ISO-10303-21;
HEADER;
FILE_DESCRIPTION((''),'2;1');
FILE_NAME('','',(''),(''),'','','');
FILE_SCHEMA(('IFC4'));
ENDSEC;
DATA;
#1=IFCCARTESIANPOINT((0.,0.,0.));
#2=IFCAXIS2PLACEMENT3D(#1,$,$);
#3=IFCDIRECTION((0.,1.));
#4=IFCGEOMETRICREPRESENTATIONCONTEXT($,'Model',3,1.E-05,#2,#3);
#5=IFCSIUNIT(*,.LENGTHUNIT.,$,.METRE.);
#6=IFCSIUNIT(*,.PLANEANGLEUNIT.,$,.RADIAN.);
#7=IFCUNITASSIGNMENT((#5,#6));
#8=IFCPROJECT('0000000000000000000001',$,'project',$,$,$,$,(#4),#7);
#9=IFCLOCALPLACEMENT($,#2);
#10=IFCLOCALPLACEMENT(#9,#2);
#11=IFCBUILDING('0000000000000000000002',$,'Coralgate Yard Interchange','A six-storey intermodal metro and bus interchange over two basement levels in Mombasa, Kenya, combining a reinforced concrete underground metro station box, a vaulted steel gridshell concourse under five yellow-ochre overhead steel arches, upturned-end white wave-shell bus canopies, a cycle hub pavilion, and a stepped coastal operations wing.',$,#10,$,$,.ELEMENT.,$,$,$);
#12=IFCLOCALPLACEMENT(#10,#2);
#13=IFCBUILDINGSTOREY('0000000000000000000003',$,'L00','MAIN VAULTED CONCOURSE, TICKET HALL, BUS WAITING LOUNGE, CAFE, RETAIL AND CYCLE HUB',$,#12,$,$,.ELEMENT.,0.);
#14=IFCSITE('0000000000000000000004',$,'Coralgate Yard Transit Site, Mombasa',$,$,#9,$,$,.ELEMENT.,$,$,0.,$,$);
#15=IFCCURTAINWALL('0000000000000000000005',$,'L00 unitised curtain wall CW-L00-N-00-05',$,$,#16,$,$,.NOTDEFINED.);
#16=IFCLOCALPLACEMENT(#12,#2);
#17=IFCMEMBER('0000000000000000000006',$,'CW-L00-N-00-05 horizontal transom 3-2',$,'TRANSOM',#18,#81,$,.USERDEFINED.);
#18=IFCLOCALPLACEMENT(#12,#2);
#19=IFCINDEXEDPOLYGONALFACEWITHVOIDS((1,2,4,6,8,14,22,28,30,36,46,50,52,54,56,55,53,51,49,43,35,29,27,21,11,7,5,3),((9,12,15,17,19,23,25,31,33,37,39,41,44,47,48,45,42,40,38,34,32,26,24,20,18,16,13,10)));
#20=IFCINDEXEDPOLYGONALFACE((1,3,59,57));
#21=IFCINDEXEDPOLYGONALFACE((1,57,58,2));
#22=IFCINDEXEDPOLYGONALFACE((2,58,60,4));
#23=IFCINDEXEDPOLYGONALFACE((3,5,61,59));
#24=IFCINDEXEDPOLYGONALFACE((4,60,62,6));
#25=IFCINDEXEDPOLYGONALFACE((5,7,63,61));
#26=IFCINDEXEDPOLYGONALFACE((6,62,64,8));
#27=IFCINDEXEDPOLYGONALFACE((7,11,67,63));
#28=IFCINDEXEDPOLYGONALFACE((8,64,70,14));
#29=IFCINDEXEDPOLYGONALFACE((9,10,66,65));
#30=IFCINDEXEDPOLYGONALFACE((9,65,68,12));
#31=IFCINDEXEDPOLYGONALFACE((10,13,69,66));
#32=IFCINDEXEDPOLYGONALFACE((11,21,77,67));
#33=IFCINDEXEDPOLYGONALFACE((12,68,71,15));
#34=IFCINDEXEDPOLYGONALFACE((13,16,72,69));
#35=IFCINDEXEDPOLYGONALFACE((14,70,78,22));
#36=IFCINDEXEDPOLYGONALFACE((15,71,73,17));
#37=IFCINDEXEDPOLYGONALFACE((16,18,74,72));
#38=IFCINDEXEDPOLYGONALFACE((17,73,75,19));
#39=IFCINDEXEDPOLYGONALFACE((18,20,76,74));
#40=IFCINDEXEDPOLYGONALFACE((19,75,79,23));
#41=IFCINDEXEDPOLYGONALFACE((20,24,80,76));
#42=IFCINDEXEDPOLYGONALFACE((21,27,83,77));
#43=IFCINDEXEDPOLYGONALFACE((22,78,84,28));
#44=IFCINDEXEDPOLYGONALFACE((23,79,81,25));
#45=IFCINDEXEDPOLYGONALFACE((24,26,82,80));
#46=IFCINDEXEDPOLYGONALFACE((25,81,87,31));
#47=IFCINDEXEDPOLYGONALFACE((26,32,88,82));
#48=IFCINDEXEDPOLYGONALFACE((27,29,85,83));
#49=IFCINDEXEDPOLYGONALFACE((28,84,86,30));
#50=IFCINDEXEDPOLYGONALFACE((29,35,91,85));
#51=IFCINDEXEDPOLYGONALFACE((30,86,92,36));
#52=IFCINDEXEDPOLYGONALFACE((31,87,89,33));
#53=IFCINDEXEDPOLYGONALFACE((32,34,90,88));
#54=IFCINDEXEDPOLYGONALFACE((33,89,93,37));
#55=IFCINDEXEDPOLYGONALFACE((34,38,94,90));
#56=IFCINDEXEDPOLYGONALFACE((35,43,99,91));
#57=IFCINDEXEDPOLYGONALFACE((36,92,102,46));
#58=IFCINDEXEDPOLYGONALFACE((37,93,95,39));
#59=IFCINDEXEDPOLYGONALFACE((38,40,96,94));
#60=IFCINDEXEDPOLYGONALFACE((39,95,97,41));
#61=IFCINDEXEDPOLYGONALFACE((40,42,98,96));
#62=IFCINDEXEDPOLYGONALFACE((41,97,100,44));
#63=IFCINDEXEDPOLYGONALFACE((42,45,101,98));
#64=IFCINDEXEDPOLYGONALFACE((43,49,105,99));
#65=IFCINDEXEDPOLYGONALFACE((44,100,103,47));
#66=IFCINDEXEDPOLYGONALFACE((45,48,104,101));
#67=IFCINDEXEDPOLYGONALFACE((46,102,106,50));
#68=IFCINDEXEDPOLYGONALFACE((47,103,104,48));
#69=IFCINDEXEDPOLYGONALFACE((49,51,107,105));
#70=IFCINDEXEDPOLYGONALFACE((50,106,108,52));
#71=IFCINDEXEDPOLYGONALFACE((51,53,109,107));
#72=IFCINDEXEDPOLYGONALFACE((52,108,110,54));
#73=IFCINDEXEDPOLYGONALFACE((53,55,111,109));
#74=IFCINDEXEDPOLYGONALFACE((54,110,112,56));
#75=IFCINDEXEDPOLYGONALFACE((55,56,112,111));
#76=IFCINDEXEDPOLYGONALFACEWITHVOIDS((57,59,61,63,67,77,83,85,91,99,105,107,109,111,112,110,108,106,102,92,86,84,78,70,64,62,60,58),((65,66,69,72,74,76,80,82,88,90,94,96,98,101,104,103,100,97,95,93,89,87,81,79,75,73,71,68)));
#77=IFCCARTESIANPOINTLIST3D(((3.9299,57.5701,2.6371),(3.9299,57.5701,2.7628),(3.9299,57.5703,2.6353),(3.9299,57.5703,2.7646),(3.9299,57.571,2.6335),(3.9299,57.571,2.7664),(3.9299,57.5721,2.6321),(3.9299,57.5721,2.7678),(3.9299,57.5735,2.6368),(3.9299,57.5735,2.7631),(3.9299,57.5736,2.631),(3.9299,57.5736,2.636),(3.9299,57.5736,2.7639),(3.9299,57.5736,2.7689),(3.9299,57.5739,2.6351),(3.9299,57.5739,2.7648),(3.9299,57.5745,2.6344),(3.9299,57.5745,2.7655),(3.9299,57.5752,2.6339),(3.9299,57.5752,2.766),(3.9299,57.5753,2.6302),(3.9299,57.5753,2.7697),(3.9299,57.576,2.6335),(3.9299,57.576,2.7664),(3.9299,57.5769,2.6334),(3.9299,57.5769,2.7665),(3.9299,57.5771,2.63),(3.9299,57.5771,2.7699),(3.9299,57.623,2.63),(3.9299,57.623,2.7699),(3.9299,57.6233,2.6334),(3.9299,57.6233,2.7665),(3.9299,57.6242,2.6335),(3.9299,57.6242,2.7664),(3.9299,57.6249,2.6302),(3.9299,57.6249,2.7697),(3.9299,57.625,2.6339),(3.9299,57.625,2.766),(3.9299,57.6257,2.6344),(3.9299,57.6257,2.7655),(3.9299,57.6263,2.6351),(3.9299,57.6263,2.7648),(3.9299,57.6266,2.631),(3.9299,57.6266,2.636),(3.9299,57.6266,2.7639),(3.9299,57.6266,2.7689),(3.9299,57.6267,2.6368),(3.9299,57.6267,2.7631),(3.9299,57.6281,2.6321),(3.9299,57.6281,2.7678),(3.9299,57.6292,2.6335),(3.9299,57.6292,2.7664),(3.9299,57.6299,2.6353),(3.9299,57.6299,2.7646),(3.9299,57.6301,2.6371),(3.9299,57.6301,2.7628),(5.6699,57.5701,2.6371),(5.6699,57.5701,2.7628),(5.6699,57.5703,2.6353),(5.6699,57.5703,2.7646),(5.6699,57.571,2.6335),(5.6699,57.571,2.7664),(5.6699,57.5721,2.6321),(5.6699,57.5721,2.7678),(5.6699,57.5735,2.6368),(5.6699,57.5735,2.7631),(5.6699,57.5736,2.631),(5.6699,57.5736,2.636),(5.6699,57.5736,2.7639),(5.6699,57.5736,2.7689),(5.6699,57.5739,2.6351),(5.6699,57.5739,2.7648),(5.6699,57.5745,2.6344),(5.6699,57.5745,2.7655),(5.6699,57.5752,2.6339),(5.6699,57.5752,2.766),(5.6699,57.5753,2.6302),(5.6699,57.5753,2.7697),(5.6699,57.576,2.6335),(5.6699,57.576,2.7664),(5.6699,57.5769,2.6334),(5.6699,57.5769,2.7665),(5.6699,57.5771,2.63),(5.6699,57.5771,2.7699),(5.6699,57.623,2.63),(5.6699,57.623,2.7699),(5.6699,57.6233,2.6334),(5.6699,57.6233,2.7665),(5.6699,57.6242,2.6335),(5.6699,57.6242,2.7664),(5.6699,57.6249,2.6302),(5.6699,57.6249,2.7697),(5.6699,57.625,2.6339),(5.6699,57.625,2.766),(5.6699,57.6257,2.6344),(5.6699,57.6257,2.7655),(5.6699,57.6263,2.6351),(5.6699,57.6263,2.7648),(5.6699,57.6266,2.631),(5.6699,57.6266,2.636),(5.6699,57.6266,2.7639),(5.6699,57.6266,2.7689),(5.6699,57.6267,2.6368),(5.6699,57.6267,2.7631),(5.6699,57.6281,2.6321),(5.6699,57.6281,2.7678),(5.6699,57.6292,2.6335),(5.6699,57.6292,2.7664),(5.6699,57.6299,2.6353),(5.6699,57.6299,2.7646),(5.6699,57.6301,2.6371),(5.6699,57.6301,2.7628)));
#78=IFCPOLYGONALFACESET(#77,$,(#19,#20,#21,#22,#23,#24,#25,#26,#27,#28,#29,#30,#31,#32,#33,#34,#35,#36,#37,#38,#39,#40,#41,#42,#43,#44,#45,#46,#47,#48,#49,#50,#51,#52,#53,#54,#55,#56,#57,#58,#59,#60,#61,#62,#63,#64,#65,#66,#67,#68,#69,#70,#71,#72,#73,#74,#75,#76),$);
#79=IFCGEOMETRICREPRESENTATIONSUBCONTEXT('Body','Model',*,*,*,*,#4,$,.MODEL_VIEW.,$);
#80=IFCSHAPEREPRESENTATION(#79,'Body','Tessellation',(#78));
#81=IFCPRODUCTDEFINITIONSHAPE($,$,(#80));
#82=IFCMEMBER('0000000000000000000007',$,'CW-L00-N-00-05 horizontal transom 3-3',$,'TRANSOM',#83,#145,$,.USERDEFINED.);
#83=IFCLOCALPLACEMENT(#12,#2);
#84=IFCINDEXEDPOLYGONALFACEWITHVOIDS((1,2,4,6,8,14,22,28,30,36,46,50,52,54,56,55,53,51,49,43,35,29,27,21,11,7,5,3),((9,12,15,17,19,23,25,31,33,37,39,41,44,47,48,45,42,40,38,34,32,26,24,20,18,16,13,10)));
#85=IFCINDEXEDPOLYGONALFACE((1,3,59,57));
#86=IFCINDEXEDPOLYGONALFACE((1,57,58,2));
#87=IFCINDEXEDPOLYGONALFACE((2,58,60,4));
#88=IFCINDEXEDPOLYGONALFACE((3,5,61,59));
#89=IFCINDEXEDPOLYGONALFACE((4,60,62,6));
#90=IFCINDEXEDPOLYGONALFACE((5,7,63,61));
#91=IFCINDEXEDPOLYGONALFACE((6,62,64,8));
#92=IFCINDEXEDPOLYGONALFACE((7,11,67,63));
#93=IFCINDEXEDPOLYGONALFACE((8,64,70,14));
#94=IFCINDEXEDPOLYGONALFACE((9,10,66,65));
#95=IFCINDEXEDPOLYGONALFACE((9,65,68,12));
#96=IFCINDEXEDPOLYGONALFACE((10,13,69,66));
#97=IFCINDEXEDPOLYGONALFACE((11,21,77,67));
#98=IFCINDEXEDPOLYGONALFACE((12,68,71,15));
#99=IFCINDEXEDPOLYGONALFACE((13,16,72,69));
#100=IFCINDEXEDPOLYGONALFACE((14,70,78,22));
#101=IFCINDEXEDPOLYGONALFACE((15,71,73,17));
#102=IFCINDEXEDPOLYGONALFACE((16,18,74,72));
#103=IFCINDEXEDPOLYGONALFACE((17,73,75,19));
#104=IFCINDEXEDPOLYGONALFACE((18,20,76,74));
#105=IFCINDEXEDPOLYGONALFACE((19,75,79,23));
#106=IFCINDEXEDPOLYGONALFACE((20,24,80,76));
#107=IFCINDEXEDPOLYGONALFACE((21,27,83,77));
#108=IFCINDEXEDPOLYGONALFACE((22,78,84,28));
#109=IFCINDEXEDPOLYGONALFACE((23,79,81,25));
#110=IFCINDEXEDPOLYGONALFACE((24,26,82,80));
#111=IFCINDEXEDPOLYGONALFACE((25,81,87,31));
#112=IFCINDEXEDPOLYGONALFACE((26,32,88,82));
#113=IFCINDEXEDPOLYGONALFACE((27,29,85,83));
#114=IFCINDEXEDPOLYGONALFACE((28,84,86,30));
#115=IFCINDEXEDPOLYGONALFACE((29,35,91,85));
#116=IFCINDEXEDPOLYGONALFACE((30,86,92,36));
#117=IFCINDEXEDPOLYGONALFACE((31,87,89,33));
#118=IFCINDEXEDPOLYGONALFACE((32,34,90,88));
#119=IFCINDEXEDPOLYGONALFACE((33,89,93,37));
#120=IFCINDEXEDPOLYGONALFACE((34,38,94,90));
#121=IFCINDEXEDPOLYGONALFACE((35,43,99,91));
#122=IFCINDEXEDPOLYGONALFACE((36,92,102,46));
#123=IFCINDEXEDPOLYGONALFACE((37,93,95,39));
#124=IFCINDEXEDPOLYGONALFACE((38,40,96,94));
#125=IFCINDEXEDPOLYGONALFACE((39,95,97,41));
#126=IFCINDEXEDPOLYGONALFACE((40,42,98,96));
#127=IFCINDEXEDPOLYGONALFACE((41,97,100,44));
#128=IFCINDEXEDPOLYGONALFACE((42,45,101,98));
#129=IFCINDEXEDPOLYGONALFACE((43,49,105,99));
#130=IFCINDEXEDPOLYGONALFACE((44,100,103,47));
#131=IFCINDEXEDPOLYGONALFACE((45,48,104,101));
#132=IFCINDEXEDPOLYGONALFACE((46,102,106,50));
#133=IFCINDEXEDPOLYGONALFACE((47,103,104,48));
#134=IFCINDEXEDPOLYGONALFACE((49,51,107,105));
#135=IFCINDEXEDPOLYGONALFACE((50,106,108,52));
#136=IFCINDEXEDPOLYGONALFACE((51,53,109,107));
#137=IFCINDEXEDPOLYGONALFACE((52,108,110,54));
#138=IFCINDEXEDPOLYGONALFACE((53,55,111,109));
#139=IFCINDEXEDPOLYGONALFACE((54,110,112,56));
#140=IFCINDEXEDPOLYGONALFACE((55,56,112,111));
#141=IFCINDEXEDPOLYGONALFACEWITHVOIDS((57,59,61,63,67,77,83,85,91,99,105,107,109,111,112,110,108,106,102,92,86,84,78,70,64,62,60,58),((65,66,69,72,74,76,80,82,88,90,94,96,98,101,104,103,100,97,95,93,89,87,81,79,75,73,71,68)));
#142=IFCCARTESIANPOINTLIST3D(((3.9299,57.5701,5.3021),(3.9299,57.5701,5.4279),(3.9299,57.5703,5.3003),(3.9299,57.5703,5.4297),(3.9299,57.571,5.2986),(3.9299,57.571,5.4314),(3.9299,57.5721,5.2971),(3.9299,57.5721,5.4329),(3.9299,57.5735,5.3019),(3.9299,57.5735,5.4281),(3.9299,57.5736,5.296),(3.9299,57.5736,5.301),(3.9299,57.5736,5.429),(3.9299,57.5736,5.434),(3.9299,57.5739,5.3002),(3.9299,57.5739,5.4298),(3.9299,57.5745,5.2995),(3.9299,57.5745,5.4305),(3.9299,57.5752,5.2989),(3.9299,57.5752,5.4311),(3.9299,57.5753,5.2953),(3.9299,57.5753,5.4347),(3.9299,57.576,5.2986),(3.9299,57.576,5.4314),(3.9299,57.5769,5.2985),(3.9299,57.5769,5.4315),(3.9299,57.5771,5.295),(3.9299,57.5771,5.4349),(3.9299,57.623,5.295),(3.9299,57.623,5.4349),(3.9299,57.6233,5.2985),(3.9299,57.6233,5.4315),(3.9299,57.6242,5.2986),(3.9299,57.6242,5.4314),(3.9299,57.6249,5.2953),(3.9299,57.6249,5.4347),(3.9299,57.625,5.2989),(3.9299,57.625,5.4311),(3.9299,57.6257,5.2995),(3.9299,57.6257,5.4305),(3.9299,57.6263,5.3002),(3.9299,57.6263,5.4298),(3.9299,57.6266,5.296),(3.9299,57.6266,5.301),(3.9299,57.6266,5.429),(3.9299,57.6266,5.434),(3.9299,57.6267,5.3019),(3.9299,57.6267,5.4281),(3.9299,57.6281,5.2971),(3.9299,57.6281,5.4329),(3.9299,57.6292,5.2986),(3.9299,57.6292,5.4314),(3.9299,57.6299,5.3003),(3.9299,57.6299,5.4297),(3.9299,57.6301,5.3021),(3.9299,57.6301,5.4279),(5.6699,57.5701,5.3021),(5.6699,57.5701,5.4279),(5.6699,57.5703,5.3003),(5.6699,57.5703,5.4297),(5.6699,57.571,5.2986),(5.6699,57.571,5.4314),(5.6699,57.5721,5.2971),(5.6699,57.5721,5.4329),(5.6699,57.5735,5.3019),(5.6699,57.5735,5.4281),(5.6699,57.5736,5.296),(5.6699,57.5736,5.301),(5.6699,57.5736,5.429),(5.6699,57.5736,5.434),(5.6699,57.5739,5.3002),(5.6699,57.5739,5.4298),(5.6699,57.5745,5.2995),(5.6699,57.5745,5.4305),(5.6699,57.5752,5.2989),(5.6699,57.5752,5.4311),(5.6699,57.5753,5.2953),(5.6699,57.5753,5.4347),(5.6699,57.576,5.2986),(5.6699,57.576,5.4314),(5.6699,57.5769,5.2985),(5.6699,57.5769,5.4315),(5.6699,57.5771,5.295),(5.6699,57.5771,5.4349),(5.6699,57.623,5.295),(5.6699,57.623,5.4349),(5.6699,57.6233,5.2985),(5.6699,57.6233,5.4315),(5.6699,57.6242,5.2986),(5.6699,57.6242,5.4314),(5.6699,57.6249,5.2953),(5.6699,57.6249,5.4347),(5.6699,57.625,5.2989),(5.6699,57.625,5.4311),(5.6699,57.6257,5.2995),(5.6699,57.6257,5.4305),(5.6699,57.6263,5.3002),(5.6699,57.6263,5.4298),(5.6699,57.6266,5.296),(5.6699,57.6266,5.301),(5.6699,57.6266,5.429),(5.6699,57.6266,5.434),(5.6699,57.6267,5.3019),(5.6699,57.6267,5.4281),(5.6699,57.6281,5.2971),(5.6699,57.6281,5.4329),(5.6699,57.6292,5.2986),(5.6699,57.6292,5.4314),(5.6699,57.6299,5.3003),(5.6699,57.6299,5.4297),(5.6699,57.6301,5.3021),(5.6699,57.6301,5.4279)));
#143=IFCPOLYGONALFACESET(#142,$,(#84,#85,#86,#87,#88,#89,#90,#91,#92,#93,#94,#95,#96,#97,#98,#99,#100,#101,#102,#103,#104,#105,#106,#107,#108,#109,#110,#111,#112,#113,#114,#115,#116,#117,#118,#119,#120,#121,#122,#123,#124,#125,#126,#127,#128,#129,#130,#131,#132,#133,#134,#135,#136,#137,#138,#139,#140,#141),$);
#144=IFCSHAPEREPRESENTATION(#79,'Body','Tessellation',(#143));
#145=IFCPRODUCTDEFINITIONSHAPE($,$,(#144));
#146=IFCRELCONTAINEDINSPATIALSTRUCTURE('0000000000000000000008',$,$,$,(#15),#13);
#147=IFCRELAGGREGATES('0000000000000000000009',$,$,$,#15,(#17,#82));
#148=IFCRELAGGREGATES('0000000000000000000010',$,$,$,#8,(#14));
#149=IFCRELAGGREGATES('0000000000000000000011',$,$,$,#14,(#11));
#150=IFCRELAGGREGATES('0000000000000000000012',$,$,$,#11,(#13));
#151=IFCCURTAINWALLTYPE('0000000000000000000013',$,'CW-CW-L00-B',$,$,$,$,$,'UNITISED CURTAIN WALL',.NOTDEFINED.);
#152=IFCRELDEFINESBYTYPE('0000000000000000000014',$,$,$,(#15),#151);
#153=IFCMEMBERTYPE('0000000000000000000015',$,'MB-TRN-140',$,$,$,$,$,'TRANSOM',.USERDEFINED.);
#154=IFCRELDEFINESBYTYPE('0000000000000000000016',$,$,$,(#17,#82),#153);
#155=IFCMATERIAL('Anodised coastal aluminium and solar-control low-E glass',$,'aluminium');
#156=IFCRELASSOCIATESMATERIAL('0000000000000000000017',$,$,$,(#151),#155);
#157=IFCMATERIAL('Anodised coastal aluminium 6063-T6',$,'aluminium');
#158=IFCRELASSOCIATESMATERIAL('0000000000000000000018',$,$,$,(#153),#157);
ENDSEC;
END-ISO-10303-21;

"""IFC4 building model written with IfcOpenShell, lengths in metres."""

from ifc_helpers import new_model, si_unit, direction, frame, origin, origin_2d, place, context, subcontext, project, spatial, hollow_rectangle, extrude, material, material_profile, profile_set, type_object, element, aggregate, save


model = new_model("IFC4")

# Units and contexts
model_context = context("Model", 3, precision=1e-05, world=origin(), true_north=direction((0.0, 1.0)))
body_context = subcontext(model_context, "Body", "Model", "MODEL_VIEW")
ifc_project = project(units=[si_unit("LENGTHUNIT", "METRE"), si_unit("PLANEANGLEUNIT", "RADIAN")], contexts=[model_context])

# Site, building, storey
site_placement = place(None, origin())
site = spatial("IfcSite", under=ifc_project, at=site_placement, Name="Coralgate Yard Transit Site, Mombasa", CompositionType="ELEMENT", RefElevation=0.0)
building_placement = place(site_placement, origin())
building = spatial("IfcBuilding", under=site, at=building_placement, Name="Coralgate Yard Interchange", Description="A six-storey intermodal metro and bus interchange over two basement levels in Mombasa, Kenya, combining a reinforced concrete underground metro station box, a vaulted steel gridshell concourse under five yellow-ochre overhead steel arches, upturned-end white wave-shell bus canopies, a cycle hub pavilion, and a stepped coastal operations wing.", CompositionType="ELEMENT")
storey_placement = place(building_placement, origin())
storey = spatial("IfcBuildingStorey", under=building, at=storey_placement, Name="L00", Description="MAIN VAULTED CONCOURSE, TICKET HALL, BUS WAITING LOUNGE, CAFE, RETAIL AND CYCLE HUB", CompositionType="ELEMENT", Elevation=0.0)

# Curtain wall, members
ifc_material_1 = material(Name="Anodised coastal aluminium and solar-control low-E glass", Category="aluminium")
curtain_wall_type = type_object("IfcCurtainWallType", Name="CW-CW-L00-B", ElementType="UNITISED CURTAIN WALL", PredefinedType="NOTDEFINED", material=ifc_material_1)
curtain_wall_placement = place(storey_placement, origin())
curtain_wall = element("IfcCurtainWall", 1, at=curtain_wall_placement, inside=storey, type_object=curtain_wall_type, Name="L00 unitised curtain wall CW-L00-N-00-05", PredefinedType="NOTDEFINED")
ifc_material_2 = material(Name="Anodised coastal aluminium 6063-T6", Category="aluminium")
ifc_material_profile_1 = material_profile(ifc_material_2, hollow_rectangle(XDim=0.0601, YDim=0.1399, WallThickness=0.0034, InnerFilletRadius=0.0034, OuterFilletRadius=0.0071, at=origin_2d()), Name="ALU 60x140x3.5")
ifc_profile_set_1 = profile_set([ifc_material_profile_1], Name="Anodised coastal aluminium 6063-T6")
member_type_1 = type_object("IfcMemberType", Name="MB-TRN-140", ElementType="TRANSOM", PredefinedType="USERDEFINED", material=ifc_profile_set_1)
member_1_placement = place(storey_placement, frame((3.9299, 57.6001, 2.7), z_axis=(1.0, 0.0, 0.0), x_axis=(0.0, 1.0, 0.0)))
member_1 = element("IfcMember", 2, at=member_1_placement, type_object=member_type_1, Name="CW-L00-N-00-05 horizontal transom 3-2", ObjectType="TRANSOM", PredefinedType="USERDEFINED", context=body_context, shape_type="SweptSolid", body=[
    extrude(hollow_rectangle(XDim=0.0601, YDim=0.1399, WallThickness=0.0034, InnerFilletRadius=0.0034, OuterFilletRadius=0.0071, at=origin_2d()), origin(), (0.0, 0.0, 1.0), 1.74),
])
member_2_placement = place(storey_placement, frame((3.9299, 57.6001, 5.365), z_axis=(1.0, 0.0, 0.0), x_axis=(0.0, 1.0, 0.0)))
member_2 = element("IfcMember", 3, at=member_2_placement, type_object=member_type_1, Name="CW-L00-N-00-05 horizontal transom 3-3", ObjectType="TRANSOM", PredefinedType="USERDEFINED", context=body_context, shape_type="SweptSolid", body=[
    extrude(hollow_rectangle(XDim=0.0601, YDim=0.1399, WallThickness=0.0034, InnerFilletRadius=0.0034, OuterFilletRadius=0.0071, at=origin_2d()), origin(), (0.0, 0.0, 1.0), 1.74),
])
aggregate(curtain_wall, [member_1, member_2])

save(model, "model.ifc")
